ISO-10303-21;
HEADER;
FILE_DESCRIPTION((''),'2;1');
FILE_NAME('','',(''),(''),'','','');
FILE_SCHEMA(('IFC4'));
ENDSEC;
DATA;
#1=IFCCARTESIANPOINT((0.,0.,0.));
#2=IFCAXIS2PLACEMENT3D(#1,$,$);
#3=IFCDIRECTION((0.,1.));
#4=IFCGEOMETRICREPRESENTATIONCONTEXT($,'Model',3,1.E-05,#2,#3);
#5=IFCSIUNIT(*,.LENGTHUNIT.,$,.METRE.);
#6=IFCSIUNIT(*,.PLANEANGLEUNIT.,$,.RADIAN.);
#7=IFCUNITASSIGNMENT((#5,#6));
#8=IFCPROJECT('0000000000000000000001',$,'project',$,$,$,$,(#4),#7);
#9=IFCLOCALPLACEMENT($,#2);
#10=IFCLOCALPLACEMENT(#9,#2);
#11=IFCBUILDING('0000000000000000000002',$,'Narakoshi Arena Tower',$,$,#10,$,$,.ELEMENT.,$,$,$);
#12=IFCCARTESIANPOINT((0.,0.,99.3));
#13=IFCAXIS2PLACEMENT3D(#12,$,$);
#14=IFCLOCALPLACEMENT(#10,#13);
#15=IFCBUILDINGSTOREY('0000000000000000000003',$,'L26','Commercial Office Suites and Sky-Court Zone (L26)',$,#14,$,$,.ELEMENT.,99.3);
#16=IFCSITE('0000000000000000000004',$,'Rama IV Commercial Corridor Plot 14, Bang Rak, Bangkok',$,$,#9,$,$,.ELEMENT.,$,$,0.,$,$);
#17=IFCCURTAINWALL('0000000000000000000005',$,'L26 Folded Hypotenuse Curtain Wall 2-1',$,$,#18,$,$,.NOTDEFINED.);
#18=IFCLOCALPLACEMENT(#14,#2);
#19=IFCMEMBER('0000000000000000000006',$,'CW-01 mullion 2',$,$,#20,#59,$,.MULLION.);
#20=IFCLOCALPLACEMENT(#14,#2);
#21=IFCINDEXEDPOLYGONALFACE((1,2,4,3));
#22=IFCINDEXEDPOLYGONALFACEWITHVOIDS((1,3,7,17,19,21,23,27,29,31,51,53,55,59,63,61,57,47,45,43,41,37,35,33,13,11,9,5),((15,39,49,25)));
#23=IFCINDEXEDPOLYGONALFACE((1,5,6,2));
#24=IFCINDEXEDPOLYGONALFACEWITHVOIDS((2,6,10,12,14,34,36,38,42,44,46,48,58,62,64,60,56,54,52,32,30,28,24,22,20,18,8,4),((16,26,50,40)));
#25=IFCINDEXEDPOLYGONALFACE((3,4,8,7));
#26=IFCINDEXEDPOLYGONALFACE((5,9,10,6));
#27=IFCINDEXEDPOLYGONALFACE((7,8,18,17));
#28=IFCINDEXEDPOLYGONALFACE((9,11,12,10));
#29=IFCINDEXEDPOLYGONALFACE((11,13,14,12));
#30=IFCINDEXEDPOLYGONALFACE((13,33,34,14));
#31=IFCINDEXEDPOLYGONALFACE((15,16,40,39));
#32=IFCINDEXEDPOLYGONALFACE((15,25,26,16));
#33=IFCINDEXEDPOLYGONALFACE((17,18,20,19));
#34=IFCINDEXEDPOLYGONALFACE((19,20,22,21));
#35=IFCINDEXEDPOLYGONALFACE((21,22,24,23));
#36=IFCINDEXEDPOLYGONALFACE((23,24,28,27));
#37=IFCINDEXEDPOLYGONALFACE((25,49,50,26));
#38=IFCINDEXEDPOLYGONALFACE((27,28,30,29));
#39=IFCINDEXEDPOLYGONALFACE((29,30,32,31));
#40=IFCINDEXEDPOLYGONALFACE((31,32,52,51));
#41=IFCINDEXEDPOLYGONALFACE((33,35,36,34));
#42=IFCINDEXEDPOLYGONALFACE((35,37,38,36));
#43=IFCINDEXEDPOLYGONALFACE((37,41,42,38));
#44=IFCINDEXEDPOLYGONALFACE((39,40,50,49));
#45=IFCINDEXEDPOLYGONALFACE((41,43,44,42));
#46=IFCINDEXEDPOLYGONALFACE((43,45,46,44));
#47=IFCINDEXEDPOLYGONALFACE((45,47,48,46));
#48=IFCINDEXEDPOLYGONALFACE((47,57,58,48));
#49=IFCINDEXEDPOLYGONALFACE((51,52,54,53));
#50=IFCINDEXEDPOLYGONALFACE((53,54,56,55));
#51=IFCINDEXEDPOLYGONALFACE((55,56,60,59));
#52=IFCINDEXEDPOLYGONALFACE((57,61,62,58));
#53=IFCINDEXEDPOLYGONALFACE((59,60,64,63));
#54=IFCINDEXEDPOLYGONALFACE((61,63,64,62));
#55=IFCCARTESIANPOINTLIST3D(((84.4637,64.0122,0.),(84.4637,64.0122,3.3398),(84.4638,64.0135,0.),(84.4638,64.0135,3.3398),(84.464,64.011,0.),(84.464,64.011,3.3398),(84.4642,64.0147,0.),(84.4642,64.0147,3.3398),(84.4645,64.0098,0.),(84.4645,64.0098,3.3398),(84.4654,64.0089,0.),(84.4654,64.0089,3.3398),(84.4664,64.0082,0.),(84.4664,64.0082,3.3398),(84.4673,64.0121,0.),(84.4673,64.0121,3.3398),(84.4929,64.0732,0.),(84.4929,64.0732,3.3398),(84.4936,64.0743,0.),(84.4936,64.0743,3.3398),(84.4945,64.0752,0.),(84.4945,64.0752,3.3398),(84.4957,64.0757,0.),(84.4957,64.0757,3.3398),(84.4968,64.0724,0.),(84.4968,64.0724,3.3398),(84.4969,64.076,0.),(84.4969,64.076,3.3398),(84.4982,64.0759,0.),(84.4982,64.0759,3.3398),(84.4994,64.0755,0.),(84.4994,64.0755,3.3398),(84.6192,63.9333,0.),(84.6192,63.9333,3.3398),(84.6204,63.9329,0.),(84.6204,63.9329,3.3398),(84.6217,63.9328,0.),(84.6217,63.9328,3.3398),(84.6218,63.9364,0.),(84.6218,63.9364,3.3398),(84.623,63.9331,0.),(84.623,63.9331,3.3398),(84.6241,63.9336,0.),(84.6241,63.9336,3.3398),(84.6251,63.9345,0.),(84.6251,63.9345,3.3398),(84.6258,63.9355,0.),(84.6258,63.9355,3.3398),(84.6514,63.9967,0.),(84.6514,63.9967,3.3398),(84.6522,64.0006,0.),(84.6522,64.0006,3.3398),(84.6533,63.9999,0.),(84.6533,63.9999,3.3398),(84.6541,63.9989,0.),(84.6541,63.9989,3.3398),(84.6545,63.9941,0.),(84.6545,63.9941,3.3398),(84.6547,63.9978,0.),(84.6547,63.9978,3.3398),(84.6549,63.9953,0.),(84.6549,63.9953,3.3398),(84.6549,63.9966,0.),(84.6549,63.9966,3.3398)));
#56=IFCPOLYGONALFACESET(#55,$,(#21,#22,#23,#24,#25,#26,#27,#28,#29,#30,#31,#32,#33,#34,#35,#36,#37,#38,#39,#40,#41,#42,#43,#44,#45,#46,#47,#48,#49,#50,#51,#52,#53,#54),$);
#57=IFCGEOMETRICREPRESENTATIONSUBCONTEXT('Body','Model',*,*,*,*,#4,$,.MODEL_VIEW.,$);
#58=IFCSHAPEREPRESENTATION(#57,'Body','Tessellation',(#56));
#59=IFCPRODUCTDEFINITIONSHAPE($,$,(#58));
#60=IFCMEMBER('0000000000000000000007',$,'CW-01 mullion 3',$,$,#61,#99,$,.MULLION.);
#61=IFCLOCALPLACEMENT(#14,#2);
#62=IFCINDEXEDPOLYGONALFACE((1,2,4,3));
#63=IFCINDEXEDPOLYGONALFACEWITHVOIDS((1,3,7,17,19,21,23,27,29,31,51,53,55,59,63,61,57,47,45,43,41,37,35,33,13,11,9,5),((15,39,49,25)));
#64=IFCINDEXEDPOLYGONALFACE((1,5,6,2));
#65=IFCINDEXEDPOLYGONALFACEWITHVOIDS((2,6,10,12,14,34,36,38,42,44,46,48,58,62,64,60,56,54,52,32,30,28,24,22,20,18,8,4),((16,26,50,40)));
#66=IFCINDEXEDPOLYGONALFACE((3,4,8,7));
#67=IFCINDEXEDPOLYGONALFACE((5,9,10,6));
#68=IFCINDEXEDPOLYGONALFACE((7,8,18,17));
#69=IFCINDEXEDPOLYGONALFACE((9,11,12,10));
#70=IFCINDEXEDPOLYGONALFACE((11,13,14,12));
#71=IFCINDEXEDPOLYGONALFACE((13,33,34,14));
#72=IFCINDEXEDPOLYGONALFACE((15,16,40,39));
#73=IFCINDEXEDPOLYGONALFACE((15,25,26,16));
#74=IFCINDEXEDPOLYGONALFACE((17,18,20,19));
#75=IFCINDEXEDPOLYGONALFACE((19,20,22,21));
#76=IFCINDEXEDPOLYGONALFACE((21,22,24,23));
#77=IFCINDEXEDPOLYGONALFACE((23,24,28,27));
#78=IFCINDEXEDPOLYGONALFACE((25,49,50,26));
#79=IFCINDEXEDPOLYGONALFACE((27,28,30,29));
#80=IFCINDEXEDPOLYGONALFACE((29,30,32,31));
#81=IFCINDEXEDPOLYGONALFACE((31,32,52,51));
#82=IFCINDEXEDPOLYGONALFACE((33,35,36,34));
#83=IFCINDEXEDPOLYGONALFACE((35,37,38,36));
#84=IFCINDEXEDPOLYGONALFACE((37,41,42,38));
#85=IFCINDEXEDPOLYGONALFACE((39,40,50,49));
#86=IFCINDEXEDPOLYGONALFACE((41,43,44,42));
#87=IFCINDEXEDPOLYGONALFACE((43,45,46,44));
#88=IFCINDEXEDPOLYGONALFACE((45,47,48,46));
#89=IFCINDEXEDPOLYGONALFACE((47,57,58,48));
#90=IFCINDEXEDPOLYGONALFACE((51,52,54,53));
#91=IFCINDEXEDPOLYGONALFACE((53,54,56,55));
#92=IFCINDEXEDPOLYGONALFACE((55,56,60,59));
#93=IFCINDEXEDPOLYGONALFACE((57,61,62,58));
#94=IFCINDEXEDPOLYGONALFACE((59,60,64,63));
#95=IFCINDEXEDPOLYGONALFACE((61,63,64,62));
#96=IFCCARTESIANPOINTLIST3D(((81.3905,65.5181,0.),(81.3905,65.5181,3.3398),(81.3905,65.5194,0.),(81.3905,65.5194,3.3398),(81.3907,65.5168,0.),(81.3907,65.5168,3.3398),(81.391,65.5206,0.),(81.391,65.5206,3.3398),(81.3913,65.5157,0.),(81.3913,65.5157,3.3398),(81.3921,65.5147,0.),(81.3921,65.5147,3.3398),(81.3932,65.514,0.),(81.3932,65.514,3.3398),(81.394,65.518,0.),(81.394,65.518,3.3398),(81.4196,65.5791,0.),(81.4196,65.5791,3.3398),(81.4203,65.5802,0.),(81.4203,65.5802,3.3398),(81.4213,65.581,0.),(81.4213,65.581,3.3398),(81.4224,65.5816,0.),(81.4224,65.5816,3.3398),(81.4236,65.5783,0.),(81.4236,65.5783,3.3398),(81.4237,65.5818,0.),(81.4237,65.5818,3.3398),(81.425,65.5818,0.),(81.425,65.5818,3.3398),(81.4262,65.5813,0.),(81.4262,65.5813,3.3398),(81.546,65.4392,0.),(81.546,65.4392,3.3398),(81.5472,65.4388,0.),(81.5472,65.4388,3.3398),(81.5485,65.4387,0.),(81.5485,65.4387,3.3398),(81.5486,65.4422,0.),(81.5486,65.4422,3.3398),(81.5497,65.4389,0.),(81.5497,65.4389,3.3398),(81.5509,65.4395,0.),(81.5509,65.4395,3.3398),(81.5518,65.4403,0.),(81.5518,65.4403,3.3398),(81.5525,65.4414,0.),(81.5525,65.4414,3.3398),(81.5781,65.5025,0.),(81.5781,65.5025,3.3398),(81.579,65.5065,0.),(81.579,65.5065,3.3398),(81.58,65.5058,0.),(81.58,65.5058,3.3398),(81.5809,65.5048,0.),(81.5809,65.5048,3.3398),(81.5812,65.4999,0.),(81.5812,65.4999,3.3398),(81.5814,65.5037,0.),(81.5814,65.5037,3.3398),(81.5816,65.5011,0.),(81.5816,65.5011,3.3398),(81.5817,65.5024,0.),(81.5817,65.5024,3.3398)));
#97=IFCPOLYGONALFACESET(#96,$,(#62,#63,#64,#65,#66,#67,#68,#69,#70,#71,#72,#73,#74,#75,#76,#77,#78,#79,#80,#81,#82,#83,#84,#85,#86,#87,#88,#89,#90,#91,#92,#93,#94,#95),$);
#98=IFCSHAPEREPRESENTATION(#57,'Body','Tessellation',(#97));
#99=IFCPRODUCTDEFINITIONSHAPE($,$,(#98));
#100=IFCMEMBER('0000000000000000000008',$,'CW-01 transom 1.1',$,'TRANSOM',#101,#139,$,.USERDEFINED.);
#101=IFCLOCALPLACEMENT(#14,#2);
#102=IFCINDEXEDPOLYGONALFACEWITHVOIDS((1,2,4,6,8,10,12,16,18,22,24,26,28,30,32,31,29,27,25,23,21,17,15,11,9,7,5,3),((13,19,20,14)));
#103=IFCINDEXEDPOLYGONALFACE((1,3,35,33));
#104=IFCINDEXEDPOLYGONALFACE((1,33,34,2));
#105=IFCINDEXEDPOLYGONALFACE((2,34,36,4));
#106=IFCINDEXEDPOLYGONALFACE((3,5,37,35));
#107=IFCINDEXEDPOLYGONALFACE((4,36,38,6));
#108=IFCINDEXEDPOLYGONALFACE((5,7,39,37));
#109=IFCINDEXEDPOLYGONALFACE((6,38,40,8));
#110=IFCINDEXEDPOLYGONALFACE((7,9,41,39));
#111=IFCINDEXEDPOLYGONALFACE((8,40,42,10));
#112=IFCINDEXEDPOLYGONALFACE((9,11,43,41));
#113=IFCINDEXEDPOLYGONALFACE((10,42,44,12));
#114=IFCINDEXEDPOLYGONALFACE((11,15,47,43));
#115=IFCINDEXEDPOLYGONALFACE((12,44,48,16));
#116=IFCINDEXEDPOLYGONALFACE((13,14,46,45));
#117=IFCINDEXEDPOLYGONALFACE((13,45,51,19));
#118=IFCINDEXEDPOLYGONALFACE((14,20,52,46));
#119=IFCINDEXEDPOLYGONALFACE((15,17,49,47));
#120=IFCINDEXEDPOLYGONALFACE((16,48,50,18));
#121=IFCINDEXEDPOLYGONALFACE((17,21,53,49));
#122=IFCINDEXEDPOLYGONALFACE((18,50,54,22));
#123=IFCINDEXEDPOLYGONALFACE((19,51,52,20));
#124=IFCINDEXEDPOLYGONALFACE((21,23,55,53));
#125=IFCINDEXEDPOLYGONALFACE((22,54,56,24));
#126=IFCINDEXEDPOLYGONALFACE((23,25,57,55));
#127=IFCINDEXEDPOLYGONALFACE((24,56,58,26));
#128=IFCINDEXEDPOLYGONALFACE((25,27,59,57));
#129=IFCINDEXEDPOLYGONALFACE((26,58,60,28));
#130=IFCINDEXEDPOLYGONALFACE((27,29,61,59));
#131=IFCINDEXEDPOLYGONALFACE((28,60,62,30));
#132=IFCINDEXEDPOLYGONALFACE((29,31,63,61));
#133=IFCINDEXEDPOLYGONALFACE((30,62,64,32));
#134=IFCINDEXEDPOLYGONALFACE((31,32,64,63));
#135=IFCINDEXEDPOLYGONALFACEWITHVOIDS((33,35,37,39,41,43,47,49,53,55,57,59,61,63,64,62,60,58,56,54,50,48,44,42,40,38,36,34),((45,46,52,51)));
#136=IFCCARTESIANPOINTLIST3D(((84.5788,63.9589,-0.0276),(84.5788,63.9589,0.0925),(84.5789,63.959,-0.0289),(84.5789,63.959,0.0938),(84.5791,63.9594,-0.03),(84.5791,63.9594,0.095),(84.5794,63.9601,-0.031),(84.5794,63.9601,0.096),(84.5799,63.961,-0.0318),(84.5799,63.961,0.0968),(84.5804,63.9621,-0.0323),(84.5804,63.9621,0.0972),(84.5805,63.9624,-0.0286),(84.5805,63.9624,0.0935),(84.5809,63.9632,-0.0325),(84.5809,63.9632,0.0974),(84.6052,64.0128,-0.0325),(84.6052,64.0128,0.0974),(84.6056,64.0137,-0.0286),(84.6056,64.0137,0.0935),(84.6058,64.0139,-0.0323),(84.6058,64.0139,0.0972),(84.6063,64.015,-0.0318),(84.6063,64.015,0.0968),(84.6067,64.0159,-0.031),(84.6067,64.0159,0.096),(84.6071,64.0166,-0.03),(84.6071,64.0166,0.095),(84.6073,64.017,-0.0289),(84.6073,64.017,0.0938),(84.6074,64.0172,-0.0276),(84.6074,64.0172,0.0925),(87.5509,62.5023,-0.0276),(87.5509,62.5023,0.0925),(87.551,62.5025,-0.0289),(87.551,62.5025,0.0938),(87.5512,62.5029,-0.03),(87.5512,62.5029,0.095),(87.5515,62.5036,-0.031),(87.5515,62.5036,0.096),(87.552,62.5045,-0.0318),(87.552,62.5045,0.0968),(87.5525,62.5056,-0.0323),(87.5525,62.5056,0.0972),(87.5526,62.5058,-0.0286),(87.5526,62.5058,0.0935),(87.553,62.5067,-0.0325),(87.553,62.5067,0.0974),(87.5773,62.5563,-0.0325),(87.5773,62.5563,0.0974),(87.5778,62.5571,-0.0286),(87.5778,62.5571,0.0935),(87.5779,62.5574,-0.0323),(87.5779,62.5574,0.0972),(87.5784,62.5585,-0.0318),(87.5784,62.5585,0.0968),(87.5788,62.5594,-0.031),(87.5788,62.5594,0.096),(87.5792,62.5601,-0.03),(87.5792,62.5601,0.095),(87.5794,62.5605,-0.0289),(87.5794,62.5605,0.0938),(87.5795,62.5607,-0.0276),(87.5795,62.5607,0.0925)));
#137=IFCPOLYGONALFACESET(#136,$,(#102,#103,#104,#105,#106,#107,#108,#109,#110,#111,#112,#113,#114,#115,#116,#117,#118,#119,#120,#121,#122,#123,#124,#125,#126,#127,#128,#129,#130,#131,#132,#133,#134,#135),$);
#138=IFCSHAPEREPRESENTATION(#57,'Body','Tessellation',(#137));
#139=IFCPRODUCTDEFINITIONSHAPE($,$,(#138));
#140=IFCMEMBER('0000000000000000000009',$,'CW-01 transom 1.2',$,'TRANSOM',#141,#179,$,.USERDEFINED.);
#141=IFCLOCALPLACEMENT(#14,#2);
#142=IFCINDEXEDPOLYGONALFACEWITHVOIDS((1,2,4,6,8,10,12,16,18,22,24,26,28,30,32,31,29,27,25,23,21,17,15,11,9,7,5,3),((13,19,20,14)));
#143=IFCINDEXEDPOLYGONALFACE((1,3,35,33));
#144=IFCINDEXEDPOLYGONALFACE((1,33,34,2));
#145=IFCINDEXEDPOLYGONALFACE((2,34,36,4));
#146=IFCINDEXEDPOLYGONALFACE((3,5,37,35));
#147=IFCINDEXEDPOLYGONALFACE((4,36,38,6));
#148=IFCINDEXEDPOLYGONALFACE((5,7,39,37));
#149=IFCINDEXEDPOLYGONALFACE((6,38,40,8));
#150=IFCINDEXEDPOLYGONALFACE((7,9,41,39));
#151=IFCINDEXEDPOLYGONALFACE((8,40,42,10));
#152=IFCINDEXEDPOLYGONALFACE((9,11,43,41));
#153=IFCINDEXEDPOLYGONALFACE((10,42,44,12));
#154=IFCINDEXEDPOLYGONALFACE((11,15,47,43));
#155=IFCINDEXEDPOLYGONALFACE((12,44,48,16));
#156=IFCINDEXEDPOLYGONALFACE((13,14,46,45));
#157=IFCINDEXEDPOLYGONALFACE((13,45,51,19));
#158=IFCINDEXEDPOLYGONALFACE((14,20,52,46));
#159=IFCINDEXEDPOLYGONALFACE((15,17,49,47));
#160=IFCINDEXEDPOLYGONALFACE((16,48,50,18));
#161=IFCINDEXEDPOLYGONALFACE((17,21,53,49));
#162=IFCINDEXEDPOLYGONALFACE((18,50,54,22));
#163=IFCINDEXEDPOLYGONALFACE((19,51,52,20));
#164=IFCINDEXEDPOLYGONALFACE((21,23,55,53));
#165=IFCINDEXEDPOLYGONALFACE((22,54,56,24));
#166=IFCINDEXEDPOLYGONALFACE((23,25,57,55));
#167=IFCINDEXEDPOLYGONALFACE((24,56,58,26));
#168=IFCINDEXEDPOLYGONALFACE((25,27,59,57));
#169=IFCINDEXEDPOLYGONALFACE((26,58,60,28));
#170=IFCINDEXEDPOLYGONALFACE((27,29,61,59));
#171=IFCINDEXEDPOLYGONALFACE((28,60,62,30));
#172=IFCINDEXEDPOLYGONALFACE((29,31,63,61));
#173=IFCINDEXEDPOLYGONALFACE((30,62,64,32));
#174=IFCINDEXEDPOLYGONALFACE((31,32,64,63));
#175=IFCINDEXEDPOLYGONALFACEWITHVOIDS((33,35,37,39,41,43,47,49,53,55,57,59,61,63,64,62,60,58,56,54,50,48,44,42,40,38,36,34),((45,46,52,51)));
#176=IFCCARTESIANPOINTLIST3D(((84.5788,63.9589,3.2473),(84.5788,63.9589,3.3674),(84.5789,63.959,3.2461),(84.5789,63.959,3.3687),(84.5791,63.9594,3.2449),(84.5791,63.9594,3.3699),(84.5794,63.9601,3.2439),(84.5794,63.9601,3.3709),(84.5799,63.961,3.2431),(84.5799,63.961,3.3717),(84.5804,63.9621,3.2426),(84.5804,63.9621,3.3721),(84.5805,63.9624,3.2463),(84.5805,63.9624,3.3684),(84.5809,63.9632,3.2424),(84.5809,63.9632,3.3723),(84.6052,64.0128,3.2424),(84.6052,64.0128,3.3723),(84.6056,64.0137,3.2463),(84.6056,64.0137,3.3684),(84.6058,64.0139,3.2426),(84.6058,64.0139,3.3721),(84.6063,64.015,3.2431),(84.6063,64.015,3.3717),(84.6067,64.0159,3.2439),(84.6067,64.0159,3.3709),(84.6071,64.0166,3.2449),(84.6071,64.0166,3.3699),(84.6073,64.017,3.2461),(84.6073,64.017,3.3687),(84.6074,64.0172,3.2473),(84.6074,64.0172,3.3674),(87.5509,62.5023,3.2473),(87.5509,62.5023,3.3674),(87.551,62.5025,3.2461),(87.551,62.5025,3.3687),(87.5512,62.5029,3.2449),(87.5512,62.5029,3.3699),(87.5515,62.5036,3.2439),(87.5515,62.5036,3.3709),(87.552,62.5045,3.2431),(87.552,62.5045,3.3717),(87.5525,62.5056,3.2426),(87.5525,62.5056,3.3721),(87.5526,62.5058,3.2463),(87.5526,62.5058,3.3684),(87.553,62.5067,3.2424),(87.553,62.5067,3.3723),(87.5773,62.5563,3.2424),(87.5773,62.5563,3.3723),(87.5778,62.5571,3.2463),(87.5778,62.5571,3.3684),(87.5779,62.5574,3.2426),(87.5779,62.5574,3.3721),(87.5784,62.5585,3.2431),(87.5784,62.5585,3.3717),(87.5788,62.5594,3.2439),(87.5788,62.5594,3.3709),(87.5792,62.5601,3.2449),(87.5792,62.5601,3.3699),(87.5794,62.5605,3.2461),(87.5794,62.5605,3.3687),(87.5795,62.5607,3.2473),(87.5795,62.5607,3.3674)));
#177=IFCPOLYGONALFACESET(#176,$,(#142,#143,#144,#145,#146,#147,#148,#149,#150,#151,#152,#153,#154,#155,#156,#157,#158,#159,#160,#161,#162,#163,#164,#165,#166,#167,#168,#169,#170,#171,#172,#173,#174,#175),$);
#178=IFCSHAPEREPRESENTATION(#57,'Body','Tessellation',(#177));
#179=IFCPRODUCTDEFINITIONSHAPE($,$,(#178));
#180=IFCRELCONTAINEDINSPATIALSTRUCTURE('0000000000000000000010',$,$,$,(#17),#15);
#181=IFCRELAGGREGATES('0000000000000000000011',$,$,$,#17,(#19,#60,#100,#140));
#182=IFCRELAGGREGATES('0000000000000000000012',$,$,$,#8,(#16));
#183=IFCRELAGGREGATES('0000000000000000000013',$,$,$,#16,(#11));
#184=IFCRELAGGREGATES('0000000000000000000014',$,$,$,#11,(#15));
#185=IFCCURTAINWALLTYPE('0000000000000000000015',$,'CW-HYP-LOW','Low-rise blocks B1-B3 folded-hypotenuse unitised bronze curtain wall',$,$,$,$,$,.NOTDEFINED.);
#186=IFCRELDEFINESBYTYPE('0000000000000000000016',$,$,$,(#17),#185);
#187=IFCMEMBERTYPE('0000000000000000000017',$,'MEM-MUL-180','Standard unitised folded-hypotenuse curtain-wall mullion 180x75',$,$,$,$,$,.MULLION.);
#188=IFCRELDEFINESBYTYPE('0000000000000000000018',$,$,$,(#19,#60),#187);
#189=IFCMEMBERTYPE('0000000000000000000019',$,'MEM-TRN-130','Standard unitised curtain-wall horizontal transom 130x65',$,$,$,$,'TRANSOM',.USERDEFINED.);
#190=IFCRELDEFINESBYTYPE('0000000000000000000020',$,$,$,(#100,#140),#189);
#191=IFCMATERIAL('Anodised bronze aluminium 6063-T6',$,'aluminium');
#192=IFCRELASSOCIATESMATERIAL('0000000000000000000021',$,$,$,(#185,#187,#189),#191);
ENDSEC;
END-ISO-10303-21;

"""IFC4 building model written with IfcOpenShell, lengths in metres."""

from ifc_helpers import new_model, si_unit, direction, frame, origin, origin_2d, place, context, subcontext, project, spatial, hollow_rectangle, extrude, material, material_profile, profile_set, type_object, element, aggregate, save


model = new_model("IFC4")

# Units and contexts
model_context = context("Model", 3, precision=1e-05, world=origin(), true_north=direction((0.0, 1.0)))
body_context = subcontext(model_context, "Body", "Model", "MODEL_VIEW")
ifc_project = project(units=[si_unit("LENGTHUNIT", "METRE"), si_unit("PLANEANGLEUNIT", "RADIAN")], contexts=[model_context])

# Site, building, storey
site_placement = place(None, origin())
site = spatial("IfcSite", under=ifc_project, at=site_placement, Name="Rama IV Commercial Corridor Plot 14, Bang Rak, Bangkok", CompositionType="ELEMENT", RefElevation=0.0)
building_placement = place(site_placement, origin())
building = spatial("IfcBuilding", under=site, at=building_placement, Name="Narakoshi Arena Tower", CompositionType="ELEMENT")
storey_placement = place(building_placement, frame((0.0, 0.0, 99.3)))
storey = spatial("IfcBuildingStorey", under=building, at=storey_placement, Name="L26", Description="Commercial Office Suites and Sky-Court Zone (L26)", CompositionType="ELEMENT", Elevation=99.3)

# Curtain wall, members
ifc_material_1 = material(Name="Anodised bronze aluminium 6063-T6", Category="aluminium")
curtain_wall_type = type_object("IfcCurtainWallType", Name="CW-HYP-LOW", Description="Low-rise blocks B1-B3 folded-hypotenuse unitised bronze curtain wall", PredefinedType="NOTDEFINED", material=ifc_material_1)
curtain_wall_placement = place(storey_placement, origin())
curtain_wall = element("IfcCurtainWall", 1, at=curtain_wall_placement, inside=storey, type_object=curtain_wall_type, Name="L26 Folded Hypotenuse Curtain Wall 2-1", PredefinedType="NOTDEFINED")
ifc_material_profile_1 = material_profile(ifc_material_1, hollow_rectangle(XDim=0.075, YDim=0.1799, WallThickness=0.0039, OuterFilletRadius=0.0049, at=origin_2d()), Name="MUL180x75x4")
ifc_profile_set_1 = profile_set([ifc_material_profile_1], Name="Anodised bronze aluminium 6063-T6")
member_type_1 = type_object("IfcMemberType", Name="MEM-MUL-180", Description="Standard unitised folded-hypotenuse curtain-wall mullion 180x75", PredefinedType="MULLION", material=ifc_profile_set_1)
member_1_placement = place(storey_placement, frame((84.5593, 64.0044, 0.0), z_axis=(0.0, 0.0, 1.0), x_axis=(-0.440005, -0.897996, 0.0)))
member_1 = element("IfcMember", 2, at=member_1_placement, type_object=member_type_1, Name="CW-01 mullion 2", PredefinedType="MULLION", context=body_context, shape_type="SweptSolid", body=[
    extrude(hollow_rectangle(XDim=0.075, YDim=0.1799, WallThickness=0.0039, OuterFilletRadius=0.0049, at=origin_2d()), origin(), (0.0, 0.0, 1.0), 3.3398),
])
member_2_placement = place(storey_placement, frame((81.4861, 65.5103, 0.0), z_axis=(0.0, 0.0, 1.0), x_axis=(-0.440005, -0.897996, 0.0)))
member_2 = element("IfcMember", 3, at=member_2_placement, type_object=member_type_1, Name="CW-01 mullion 3", PredefinedType="MULLION", context=body_context, shape_type="SweptSolid", body=[
    extrude(hollow_rectangle(XDim=0.075, YDim=0.1799, WallThickness=0.0039, OuterFilletRadius=0.0049, at=origin_2d()), origin(), (0.0, 0.0, 1.0), 3.3398),
])
ifc_material_profile_2 = material_profile(ifc_material_1, hollow_rectangle(XDim=0.0649, YDim=0.1299, WallThickness=0.0039, OuterFilletRadius=0.0049, at=origin_2d()), Name="TRN130x65x4")
ifc_profile_set_2 = profile_set([ifc_material_profile_2], Name="Anodised bronze aluminium 6063-T6")
member_type_2 = type_object("IfcMemberType", Name="MEM-TRN-130", Description="Standard unitised curtain-wall horizontal transom 130x65", ElementType="TRANSOM", PredefinedType="USERDEFINED", material=ifc_profile_set_2)
member_3_placement = place(storey_placement, frame((87.5652, 62.5315, 0.0325), z_axis=(-0.897969, 0.440059, 0.0), x_axis=(-0.440059, -0.897969, 0.0)))
member_3 = element("IfcMember", 4, at=member_3_placement, type_object=member_type_2, Name="CW-01 transom 1.1", ObjectType="TRANSOM", PredefinedType="USERDEFINED", context=body_context, shape_type="SweptSolid", body=[
    extrude(hollow_rectangle(XDim=0.0649, YDim=0.1299, WallThickness=0.0039, OuterFilletRadius=0.0049, at=origin_2d()), origin(), (0.0, 0.0, 1.0), 3.3098),
])
member_4_placement = place(storey_placement, frame((87.5652, 62.5315, 3.3074), z_axis=(-0.897969, 0.440059, 0.0), x_axis=(-0.440059, -0.897969, 0.0)))
member_4 = element("IfcMember", 5, at=member_4_placement, type_object=member_type_2, Name="CW-01 transom 1.2", ObjectType="TRANSOM", PredefinedType="USERDEFINED", context=body_context, shape_type="SweptSolid", body=[
    extrude(hollow_rectangle(XDim=0.0649, YDim=0.1299, WallThickness=0.0039, OuterFilletRadius=0.0049, at=origin_2d()), origin(), (0.0, 0.0, 1.0), 3.3098),
])
aggregate(curtain_wall, [member_1, member_2, member_3, member_4])

save(model, "model.ifc")
